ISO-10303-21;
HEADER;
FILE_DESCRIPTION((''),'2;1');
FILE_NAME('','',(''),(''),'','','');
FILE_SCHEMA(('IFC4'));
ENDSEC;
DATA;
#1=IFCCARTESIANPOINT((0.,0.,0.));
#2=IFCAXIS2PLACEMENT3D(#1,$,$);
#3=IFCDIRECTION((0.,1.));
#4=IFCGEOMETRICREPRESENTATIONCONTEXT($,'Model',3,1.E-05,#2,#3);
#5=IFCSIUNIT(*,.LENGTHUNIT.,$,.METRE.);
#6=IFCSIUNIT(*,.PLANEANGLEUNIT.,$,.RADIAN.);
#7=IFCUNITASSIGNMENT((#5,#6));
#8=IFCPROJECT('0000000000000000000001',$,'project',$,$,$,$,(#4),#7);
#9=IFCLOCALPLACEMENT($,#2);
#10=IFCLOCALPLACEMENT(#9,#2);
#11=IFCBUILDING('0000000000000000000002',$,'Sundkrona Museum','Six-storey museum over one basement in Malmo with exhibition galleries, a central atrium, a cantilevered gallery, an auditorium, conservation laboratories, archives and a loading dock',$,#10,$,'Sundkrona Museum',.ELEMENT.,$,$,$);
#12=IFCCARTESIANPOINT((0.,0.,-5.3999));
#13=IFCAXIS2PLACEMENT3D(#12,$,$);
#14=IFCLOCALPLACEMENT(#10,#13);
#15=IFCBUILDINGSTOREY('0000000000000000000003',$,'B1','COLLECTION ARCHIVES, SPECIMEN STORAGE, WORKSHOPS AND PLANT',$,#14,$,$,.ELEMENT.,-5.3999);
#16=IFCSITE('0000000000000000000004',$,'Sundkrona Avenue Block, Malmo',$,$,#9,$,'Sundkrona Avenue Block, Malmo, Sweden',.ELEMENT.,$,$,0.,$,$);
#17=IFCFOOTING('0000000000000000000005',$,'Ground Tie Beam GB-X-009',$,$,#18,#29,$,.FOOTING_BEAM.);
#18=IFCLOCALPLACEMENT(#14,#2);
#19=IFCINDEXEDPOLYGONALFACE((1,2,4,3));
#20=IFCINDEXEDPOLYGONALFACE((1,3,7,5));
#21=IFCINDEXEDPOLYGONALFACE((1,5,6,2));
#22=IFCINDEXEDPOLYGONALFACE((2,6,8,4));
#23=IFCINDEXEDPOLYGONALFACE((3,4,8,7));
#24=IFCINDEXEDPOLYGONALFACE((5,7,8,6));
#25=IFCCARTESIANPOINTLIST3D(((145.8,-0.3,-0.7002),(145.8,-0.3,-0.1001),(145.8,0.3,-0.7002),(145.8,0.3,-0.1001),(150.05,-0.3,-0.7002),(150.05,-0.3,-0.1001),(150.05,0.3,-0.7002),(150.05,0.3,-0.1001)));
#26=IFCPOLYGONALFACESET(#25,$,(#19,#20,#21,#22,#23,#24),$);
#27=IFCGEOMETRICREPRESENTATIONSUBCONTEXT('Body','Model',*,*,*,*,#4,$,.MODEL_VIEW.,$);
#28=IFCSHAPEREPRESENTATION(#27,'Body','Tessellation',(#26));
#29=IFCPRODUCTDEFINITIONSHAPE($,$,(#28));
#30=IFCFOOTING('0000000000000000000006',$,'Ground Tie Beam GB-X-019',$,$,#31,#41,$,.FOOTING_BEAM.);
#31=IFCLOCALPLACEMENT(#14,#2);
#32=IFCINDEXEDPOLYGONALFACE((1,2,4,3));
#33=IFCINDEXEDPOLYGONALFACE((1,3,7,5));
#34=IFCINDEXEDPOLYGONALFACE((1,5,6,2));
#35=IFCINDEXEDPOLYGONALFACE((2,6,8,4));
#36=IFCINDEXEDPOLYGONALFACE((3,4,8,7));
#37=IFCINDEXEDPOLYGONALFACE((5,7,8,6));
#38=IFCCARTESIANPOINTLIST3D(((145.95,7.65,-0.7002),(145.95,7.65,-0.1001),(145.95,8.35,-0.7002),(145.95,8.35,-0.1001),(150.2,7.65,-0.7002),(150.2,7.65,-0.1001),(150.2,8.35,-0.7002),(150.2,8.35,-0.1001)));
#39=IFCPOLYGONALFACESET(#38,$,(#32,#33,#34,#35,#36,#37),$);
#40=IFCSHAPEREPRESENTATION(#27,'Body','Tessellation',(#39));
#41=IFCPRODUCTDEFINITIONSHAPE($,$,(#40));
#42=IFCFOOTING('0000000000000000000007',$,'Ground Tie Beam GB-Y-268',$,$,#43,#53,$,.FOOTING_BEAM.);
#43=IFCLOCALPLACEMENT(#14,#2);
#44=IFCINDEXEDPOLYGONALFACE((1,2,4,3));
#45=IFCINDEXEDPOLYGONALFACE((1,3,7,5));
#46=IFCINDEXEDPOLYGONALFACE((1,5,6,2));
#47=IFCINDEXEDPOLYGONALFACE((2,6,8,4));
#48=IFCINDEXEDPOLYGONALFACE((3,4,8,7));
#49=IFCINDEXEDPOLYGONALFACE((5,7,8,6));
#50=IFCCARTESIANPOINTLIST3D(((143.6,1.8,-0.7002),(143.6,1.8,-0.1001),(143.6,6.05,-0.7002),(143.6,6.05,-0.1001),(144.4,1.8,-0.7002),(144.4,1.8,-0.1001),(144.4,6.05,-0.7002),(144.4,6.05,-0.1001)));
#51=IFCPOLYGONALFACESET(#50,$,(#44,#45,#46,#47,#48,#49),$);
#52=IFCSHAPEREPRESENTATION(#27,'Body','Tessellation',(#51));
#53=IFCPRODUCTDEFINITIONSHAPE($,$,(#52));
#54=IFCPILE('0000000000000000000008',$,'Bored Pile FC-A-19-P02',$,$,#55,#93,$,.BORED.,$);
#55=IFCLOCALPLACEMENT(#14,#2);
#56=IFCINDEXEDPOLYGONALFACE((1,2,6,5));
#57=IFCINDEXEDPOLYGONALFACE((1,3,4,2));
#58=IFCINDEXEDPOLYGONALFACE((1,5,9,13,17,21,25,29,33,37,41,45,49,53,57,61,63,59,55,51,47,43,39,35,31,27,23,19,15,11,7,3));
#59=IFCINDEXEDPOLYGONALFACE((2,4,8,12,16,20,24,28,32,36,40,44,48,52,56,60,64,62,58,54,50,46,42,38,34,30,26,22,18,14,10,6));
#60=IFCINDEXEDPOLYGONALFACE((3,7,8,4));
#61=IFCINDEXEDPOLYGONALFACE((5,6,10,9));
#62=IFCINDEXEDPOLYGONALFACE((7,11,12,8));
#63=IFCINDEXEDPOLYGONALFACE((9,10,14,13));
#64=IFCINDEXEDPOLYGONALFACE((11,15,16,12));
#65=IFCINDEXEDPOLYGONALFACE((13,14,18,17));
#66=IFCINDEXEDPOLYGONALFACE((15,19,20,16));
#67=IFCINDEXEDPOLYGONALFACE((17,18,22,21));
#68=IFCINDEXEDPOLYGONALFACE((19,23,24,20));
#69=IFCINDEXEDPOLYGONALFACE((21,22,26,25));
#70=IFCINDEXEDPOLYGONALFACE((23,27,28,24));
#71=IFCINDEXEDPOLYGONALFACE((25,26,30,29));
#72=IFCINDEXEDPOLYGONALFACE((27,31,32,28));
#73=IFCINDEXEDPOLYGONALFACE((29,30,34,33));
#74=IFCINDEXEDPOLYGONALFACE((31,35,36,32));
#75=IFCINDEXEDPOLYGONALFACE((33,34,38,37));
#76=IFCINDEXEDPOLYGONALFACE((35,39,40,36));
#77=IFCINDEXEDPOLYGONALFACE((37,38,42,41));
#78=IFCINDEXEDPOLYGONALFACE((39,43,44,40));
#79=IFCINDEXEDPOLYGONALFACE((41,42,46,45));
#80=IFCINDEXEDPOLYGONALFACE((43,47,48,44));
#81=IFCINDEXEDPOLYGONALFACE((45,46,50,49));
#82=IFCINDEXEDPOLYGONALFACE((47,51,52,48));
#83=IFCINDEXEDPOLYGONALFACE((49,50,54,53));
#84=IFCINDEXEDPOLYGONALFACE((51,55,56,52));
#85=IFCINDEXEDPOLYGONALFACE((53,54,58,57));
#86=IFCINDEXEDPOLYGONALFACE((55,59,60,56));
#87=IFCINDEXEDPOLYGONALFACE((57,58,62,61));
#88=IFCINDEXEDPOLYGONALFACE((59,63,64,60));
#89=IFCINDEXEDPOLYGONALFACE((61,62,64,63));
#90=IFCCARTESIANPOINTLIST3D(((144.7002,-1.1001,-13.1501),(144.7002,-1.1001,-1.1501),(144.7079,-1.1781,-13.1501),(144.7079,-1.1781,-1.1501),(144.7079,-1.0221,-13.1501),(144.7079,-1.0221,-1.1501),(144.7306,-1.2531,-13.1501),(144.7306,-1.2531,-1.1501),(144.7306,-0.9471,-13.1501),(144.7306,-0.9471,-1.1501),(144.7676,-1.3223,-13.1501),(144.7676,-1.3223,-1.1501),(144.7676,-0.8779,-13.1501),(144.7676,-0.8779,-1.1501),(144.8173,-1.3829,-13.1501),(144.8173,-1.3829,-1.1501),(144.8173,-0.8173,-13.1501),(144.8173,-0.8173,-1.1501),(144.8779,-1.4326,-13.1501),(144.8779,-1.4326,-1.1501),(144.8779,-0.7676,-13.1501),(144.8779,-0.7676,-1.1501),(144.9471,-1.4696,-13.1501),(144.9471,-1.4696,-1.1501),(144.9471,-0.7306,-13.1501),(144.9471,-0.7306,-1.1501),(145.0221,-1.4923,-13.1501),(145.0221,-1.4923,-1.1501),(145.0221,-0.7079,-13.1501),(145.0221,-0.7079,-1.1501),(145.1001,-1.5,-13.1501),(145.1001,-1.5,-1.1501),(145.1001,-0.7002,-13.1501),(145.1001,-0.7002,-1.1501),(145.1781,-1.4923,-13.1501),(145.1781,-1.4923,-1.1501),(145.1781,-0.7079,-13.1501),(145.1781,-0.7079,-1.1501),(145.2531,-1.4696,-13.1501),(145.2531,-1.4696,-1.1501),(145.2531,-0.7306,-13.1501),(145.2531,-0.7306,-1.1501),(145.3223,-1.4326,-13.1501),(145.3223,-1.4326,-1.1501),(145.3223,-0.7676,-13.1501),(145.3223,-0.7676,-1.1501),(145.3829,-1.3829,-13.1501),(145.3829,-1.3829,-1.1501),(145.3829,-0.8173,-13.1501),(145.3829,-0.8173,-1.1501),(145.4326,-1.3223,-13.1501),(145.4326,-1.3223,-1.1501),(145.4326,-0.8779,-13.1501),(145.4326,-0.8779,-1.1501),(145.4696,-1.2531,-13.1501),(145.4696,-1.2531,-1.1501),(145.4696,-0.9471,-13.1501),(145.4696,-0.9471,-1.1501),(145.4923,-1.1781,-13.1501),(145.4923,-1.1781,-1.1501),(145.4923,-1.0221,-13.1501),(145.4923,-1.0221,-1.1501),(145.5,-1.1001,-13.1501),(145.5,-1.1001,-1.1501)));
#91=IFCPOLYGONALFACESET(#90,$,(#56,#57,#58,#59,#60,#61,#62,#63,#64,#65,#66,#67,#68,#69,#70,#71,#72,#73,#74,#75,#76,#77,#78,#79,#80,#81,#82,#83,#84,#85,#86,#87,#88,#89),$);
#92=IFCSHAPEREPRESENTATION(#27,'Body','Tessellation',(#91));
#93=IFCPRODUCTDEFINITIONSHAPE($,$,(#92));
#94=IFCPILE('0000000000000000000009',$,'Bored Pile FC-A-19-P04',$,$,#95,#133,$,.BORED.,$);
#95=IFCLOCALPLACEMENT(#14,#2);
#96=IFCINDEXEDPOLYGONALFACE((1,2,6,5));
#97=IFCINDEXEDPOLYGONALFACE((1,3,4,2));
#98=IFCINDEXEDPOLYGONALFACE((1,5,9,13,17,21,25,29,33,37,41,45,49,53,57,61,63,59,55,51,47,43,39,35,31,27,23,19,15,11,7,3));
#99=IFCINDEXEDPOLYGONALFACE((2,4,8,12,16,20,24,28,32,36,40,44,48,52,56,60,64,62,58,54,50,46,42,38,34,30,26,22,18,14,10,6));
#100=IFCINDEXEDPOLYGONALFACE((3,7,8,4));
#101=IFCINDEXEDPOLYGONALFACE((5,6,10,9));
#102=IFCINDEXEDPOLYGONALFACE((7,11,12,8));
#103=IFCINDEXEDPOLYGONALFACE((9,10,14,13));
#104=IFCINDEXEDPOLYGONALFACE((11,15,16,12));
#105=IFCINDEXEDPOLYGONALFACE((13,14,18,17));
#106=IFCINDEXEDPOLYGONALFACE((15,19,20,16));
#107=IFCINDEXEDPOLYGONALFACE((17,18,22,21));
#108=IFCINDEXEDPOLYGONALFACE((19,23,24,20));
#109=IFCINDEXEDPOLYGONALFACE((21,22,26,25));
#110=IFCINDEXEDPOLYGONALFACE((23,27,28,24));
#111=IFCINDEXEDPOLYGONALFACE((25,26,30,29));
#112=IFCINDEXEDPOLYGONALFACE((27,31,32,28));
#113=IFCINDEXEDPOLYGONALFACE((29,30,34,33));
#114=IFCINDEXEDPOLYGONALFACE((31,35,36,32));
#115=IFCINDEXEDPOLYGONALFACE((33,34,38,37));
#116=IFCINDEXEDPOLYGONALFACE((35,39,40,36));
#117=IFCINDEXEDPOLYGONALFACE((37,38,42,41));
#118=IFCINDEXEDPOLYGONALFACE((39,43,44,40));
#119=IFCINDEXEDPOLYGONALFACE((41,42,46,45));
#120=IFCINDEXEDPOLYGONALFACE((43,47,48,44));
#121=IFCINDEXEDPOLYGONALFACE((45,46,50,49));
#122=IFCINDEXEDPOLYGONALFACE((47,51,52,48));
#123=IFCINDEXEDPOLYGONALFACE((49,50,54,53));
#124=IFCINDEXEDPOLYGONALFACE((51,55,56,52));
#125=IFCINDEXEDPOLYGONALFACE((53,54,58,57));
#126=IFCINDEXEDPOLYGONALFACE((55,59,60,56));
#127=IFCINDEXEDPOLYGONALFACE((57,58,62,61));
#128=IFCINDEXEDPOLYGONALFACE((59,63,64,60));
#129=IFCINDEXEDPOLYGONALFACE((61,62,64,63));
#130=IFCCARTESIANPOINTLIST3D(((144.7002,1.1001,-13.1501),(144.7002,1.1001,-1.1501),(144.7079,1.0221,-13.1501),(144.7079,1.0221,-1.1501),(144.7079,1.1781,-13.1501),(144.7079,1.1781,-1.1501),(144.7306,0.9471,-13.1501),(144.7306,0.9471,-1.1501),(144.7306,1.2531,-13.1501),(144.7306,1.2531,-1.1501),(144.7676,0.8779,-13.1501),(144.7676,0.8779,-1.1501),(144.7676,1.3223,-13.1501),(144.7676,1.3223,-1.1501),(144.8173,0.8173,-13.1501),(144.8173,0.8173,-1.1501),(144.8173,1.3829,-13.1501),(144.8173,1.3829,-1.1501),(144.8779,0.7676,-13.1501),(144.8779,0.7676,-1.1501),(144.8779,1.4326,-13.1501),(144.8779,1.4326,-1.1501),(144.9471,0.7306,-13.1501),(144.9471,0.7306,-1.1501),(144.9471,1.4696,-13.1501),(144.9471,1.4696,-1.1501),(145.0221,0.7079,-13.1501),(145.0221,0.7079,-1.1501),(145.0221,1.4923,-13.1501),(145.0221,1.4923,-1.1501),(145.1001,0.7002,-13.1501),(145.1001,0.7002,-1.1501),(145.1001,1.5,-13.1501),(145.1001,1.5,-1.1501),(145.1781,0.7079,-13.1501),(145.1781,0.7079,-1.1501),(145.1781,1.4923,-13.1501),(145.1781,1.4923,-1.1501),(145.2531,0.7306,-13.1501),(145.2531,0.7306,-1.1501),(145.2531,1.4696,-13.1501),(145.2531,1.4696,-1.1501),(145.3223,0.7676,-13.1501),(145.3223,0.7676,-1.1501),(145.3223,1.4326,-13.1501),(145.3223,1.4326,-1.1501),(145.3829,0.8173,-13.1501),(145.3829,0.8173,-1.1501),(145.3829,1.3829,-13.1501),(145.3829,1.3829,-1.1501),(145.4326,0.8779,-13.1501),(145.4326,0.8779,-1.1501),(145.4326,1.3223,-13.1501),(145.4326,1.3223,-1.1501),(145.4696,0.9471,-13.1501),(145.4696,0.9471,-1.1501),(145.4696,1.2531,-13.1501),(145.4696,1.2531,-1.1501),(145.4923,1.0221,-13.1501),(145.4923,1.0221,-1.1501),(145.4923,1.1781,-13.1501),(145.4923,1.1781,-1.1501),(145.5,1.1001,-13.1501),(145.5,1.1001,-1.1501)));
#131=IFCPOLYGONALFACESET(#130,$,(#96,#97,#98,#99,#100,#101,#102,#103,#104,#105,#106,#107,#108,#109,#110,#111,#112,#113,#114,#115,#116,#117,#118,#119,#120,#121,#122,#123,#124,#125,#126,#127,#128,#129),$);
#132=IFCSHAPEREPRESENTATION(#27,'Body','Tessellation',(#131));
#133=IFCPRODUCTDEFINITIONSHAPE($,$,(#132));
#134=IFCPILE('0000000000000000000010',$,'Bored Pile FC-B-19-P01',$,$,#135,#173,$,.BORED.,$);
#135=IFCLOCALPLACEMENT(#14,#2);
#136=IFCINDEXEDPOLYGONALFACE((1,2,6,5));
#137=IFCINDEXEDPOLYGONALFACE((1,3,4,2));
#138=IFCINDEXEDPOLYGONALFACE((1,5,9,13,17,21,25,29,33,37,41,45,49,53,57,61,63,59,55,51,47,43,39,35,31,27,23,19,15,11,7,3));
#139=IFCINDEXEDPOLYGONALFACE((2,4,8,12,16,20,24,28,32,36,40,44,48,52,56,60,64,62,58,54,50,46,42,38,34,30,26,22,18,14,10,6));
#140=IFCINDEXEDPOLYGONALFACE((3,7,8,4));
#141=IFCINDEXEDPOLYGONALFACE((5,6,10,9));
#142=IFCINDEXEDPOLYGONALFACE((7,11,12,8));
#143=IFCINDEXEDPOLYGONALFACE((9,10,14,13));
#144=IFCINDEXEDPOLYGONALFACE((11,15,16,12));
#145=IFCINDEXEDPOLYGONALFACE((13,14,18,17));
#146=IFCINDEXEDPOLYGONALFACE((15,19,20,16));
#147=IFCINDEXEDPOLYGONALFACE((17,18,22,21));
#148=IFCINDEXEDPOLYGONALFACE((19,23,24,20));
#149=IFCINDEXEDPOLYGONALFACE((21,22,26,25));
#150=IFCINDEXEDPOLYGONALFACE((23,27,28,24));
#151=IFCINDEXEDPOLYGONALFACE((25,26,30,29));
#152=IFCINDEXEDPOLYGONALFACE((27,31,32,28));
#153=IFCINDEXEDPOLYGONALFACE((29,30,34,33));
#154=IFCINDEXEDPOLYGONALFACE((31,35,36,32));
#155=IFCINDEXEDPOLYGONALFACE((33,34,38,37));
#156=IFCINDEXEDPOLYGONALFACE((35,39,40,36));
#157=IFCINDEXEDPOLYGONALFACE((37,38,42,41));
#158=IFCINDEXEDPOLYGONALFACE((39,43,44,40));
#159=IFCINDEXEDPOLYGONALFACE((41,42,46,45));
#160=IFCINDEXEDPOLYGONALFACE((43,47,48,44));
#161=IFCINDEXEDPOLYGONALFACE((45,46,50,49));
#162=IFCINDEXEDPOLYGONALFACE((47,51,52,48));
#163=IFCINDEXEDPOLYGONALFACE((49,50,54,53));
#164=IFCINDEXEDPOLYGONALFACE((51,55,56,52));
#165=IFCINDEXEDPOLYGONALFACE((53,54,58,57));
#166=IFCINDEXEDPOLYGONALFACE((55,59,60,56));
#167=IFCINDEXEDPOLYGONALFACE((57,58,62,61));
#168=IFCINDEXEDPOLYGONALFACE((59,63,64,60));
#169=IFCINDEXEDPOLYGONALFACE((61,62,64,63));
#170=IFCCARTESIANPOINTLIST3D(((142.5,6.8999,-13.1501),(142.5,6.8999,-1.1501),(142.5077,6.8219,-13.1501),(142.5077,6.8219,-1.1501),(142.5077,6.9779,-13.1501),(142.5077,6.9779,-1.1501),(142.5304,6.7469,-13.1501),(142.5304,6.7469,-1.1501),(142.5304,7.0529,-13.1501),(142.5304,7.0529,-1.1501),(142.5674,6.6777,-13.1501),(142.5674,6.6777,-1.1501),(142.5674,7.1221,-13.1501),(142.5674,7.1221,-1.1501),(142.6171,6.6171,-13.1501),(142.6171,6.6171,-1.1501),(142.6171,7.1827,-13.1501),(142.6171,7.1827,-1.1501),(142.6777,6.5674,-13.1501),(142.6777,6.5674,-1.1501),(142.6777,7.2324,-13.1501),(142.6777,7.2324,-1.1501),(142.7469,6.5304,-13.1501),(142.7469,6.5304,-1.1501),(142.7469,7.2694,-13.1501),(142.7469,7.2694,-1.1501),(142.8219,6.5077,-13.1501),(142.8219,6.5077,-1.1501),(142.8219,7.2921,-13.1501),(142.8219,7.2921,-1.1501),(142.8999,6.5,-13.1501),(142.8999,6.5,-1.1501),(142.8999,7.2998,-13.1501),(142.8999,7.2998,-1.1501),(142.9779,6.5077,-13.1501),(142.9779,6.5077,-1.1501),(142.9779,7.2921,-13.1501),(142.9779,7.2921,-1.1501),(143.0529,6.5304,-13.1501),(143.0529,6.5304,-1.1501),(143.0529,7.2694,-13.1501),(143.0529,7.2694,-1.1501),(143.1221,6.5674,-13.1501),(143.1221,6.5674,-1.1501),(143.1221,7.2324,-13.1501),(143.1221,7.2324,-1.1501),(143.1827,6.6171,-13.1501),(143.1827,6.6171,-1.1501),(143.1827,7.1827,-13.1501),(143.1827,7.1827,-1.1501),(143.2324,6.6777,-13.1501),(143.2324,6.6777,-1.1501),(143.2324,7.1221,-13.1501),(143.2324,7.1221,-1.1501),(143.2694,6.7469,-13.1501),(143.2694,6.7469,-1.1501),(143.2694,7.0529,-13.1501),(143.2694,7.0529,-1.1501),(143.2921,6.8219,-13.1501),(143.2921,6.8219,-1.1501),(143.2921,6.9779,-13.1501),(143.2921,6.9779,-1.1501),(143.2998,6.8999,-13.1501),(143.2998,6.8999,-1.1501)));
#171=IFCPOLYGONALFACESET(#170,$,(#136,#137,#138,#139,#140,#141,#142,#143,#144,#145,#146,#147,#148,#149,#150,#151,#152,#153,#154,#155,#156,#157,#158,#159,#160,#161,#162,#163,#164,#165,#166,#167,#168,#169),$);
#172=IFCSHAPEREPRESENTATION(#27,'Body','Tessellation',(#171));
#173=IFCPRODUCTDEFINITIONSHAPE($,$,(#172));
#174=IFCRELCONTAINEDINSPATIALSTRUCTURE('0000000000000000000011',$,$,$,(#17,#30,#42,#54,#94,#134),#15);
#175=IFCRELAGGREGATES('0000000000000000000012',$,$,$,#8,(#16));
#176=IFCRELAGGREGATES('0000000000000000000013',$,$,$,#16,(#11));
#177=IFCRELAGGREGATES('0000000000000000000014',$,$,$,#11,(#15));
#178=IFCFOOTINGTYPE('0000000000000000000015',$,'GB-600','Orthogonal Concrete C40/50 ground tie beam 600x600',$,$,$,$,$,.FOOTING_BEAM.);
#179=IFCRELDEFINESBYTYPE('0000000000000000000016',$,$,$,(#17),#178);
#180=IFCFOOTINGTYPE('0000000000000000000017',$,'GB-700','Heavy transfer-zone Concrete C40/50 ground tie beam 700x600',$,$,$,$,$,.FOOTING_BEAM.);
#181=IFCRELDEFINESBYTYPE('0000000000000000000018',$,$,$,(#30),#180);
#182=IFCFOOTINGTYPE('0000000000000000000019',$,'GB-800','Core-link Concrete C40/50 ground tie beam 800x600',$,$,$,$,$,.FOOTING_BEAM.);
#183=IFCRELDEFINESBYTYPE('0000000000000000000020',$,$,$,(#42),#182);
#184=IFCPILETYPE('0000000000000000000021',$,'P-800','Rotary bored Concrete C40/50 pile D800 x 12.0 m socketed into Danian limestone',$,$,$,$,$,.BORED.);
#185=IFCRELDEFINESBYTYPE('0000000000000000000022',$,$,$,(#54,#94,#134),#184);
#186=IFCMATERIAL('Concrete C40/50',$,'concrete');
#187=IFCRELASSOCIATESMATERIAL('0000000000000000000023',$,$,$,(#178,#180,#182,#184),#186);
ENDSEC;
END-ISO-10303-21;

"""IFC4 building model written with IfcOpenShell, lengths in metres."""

from ifc_helpers import new_model, si_unit, direction, frame, origin, origin_2d, place, context, subcontext, project, spatial, rectangle, circle, extrude, material, material_profile, profile_set, type_object, element, save


model = new_model("IFC4")

# Units and contexts
model_context = context("Model", 3, precision=1e-05, world=origin(), true_north=direction((0.0, 1.0)))
body_context = subcontext(model_context, "Body", "Model", "MODEL_VIEW")
ifc_project = project(units=[si_unit("LENGTHUNIT", "METRE"), si_unit("PLANEANGLEUNIT", "RADIAN")], contexts=[model_context])

# Site, building, storey
site_placement = place(None, origin())
site = spatial("IfcSite", under=ifc_project, at=site_placement, Name="Sundkrona Avenue Block, Malmo", LongName="Sundkrona Avenue Block, Malmo, Sweden", CompositionType="ELEMENT", RefElevation=0.0)
building_placement = place(site_placement, origin())
building = spatial("IfcBuilding", under=site, at=building_placement, Name="Sundkrona Museum", Description="Six-storey museum over one basement in Malmo with exhibition galleries, a central atrium, a cantilevered gallery, an auditorium, conservation laboratories, archives and a loading dock", LongName="Sundkrona Museum", CompositionType="ELEMENT")
storey_placement = place(building_placement, frame((0.0, 0.0, -5.3999)))
storey = spatial("IfcBuildingStorey", under=building, at=storey_placement, Name="B1", Description="COLLECTION ARCHIVES, SPECIMEN STORAGE, WORKSHOPS AND PLANT", CompositionType="ELEMENT", Elevation=-5.3999)

# Footings
ifc_material_1 = material(Name="Concrete C40/50", Category="concrete")
footing_type_1 = type_object("IfcFootingType", Name="GB-600", Description="Orthogonal Concrete C40/50 ground tie beam 600x600", PredefinedType="FOOTING_BEAM", material=ifc_material_1)
footing_1_placement = place(storey_placement, frame((147.925, 0.0, -0.7002), z_axis=(0.0, 0.0, 1.0), x_axis=(1.0, 0.0, 0.0)))
element("IfcFooting", 1, at=footing_1_placement, inside=storey, type_object=footing_type_1, Name="Ground Tie Beam GB-X-009", PredefinedType="FOOTING_BEAM", context=body_context, shape_type="SweptSolid", body=[
    extrude(rectangle(XDim=4.25, YDim=0.6001, at=origin_2d()), origin(), (0.0, 0.0, 1.0), 0.6001),
])
footing_type_2 = type_object("IfcFootingType", Name="GB-700", Description="Heavy transfer-zone Concrete C40/50 ground tie beam 700x600", PredefinedType="FOOTING_BEAM", material=ifc_material_1)
footing_2_placement = place(storey_placement, frame((148.075, 8.0, -0.7002), z_axis=(0.0, 0.0, 1.0), x_axis=(1.0, 0.0, 0.0)))
element("IfcFooting", 2, at=footing_2_placement, inside=storey, type_object=footing_type_2, Name="Ground Tie Beam GB-X-019", PredefinedType="FOOTING_BEAM", context=body_context, shape_type="SweptSolid", body=[
    extrude(rectangle(XDim=4.25, YDim=0.7, at=origin_2d()), origin(), (0.0, 0.0, 1.0), 0.6001),
])
footing_type_3 = type_object("IfcFootingType", Name="GB-800", Description="Core-link Concrete C40/50 ground tie beam 800x600", PredefinedType="FOOTING_BEAM", material=ifc_material_1)
footing_3_placement = place(storey_placement, frame((144.0, 3.925, -0.7002), z_axis=(0.0, 0.0, 1.0), x_axis=(0.0, 1.0, 0.0)))
element("IfcFooting", 3, at=footing_3_placement, inside=storey, type_object=footing_type_3, Name="Ground Tie Beam GB-Y-268", PredefinedType="FOOTING_BEAM", context=body_context, shape_type="SweptSolid", body=[
    extrude(rectangle(XDim=4.25, YDim=0.8, at=origin_2d()), origin(), (0.0, 0.0, 1.0), 0.6001),
])

# Piles
ifc_material_profile_1 = material_profile(ifc_material_1, circle(Radius=0.3999, at=origin_2d()), Name="PILE D800")
ifc_profile_set_1 = profile_set([ifc_material_profile_1], Name="Concrete C40/50")
pile_type = type_object("IfcPileType", Name="P-800", Description="Rotary bored Concrete C40/50 pile D800 x 12.0 m socketed into Danian limestone", PredefinedType="BORED", material=ifc_profile_set_1)
for number, where, z_axis, x_axis, name in (
    (4, (145.1001, -1.1001, -1.1501), (0.0, 0.0, -1.0), (1.0, 0.0, 0.0), "Bored Pile FC-A-19-P02"),
    (5, (145.1001, 1.1001, -1.1501), (0.0, 0.0, -1.0), (1.0, 0.0, 0.0), "Bored Pile FC-A-19-P04"),
    (6, (142.8999, 6.8999, -1.1501), (0.0, 0.0, -1.0), (1.0, 0.0, 0.0), "Bored Pile FC-B-19-P01"),
):
    element("IfcPile", number, at=place(storey_placement, frame(where, z_axis=z_axis, x_axis=x_axis)), inside=storey, type_object=pile_type, Name=name, PredefinedType="BORED", context=body_context, shape_type="SweptSolid", body=[
        extrude(circle(Radius=0.3999, at=origin_2d()), origin(), (0.0, 0.0, 1.0), 12.0),
    ])

save(model, "model.ifc")
